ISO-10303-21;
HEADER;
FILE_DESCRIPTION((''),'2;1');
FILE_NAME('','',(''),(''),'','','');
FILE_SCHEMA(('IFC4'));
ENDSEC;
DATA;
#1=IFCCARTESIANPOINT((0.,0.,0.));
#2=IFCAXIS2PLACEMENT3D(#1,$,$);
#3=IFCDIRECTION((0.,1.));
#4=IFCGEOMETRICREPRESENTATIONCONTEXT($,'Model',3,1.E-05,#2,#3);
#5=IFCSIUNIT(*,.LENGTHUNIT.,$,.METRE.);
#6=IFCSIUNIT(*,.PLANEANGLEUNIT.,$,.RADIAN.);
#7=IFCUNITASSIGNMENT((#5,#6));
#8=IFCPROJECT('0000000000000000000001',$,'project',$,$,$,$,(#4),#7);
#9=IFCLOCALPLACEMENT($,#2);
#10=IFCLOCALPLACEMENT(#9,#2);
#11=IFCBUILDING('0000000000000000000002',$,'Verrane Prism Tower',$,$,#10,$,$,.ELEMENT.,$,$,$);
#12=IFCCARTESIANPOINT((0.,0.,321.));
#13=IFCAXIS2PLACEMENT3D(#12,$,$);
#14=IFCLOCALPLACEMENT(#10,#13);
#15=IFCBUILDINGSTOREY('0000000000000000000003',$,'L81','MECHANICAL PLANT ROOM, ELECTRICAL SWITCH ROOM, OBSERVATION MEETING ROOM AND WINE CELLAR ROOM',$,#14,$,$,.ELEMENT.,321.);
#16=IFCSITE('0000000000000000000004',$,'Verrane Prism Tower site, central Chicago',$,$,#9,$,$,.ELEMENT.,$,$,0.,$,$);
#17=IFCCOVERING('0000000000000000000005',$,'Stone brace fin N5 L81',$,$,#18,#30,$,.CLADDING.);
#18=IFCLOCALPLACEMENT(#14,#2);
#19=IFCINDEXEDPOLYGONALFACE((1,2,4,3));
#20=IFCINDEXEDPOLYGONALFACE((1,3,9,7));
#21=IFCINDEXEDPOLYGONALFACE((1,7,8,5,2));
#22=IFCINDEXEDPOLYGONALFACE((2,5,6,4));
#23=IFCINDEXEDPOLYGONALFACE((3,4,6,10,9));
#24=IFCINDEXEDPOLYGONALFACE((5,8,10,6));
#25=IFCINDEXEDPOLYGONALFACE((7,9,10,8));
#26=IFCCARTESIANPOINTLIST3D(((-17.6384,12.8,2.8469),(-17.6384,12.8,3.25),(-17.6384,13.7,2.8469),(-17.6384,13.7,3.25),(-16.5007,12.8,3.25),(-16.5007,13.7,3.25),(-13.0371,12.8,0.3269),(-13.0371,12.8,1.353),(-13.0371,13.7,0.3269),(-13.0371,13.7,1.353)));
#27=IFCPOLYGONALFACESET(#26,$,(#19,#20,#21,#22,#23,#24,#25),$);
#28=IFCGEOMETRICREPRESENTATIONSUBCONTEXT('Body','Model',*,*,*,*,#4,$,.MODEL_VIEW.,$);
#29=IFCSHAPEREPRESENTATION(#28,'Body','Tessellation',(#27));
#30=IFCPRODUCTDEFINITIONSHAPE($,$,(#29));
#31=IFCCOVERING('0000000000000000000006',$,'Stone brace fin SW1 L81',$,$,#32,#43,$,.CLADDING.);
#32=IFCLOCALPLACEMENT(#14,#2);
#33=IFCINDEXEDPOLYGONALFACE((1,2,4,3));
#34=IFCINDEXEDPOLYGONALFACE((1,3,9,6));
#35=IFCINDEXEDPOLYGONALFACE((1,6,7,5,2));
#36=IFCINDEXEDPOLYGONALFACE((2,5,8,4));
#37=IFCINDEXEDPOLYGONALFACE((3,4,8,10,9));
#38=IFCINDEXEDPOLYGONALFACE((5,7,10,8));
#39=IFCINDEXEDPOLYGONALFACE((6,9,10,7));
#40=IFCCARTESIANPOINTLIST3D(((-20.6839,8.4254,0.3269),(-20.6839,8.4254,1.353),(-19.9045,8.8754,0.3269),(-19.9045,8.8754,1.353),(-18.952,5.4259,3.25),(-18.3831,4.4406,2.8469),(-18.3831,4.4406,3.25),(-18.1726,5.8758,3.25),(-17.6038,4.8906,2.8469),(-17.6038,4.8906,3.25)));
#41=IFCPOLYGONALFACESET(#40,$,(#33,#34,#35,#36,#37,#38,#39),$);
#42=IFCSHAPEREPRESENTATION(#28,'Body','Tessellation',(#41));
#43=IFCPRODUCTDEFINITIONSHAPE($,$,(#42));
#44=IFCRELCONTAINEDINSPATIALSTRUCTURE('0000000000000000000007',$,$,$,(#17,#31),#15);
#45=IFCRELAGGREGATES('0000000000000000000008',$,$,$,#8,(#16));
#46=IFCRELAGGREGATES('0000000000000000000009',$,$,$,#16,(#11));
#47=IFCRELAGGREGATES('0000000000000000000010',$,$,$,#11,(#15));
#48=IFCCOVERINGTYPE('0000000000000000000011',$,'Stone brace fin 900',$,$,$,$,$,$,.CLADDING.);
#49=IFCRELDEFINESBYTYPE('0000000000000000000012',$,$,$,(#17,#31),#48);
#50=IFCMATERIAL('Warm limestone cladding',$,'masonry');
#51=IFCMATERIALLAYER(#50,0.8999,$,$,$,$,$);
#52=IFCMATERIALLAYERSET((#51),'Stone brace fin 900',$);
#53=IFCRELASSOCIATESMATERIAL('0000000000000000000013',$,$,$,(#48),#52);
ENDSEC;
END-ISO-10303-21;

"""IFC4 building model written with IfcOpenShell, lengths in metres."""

from ifc_helpers import new_model, si_unit, direction, frame, origin, place, context, subcontext, project, spatial, polyline, outline, extrude, material, layer, layer_set, type_object, element, save


model = new_model("IFC4")

# Units and contexts
model_context = context("Model", 3, precision=1e-05, world=origin(), true_north=direction((0.0, 1.0)))
body_context = subcontext(model_context, "Body", "Model", "MODEL_VIEW")
ifc_project = project(units=[si_unit("LENGTHUNIT", "METRE"), si_unit("PLANEANGLEUNIT", "RADIAN")], contexts=[model_context])

# Site, building, storey
site_placement = place(None, origin())
site = spatial("IfcSite", under=ifc_project, at=site_placement, Name="Verrane Prism Tower site, central Chicago", CompositionType="ELEMENT", RefElevation=0.0)
building_placement = place(site_placement, origin())
building = spatial("IfcBuilding", under=site, at=building_placement, Name="Verrane Prism Tower", CompositionType="ELEMENT")
storey_placement = place(building_placement, frame((0.0, 0.0, 321.0)))
storey = spatial("IfcBuildingStorey", under=building, at=storey_placement, Name="L81", Description="MECHANICAL PLANT ROOM, ELECTRICAL SWITCH ROOM, OBSERVATION MEETING ROOM AND WINE CELLAR ROOM", CompositionType="ELEMENT", Elevation=321.0)

# Coverings
ifc_material_1 = material(Name="Warm limestone cladding", Category="masonry")
ifc_layer_1 = layer(ifc_material_1, 0.8999)
ifc_layer_set_1 = layer_set([ifc_layer_1], Name="Stone brace fin 900")
covering_type = type_object("IfcCoveringType", Name="Stone brace fin 900", PredefinedType="CLADDING", material=ifc_layer_set_1)
for number, where, z_axis, x_axis, name in (
    (1, (-13.0371, 13.25, 0.3269), (0.0, 0.0, 1.0), (-1.0, 0.0, 0.0), "Stone brace fin N5 L81"),
    (2, (-20.2942, 8.6504, 0.3269), (0.0, 0.0, 1.0), (0.500019, -0.866014, 0.0), "Stone brace fin SW1 L81"),
):
    element("IfcCovering", number, at=place(storey_placement, frame(where, z_axis=z_axis, x_axis=x_axis)), inside=storey, type_object=covering_type, Name=name, PredefinedType="CLADDING", context=body_context, shape_type="SweptSolid", body=[
        extrude(outline(polyline([(4.6013, 2.9231), (3.4636, 2.9231), (0.0, 1.0261), (0.0, 0.0), (4.6013, 2.52), (4.6013, 2.9231)])), frame((0.0, 0.45, 0.0), z_axis=(0.0, -1.0, 0.0), x_axis=(1.0, 0.0, 0.0)), (0.0, 0.0, 1.0), 0.8999),
    ])

save(model, "model.ifc")
